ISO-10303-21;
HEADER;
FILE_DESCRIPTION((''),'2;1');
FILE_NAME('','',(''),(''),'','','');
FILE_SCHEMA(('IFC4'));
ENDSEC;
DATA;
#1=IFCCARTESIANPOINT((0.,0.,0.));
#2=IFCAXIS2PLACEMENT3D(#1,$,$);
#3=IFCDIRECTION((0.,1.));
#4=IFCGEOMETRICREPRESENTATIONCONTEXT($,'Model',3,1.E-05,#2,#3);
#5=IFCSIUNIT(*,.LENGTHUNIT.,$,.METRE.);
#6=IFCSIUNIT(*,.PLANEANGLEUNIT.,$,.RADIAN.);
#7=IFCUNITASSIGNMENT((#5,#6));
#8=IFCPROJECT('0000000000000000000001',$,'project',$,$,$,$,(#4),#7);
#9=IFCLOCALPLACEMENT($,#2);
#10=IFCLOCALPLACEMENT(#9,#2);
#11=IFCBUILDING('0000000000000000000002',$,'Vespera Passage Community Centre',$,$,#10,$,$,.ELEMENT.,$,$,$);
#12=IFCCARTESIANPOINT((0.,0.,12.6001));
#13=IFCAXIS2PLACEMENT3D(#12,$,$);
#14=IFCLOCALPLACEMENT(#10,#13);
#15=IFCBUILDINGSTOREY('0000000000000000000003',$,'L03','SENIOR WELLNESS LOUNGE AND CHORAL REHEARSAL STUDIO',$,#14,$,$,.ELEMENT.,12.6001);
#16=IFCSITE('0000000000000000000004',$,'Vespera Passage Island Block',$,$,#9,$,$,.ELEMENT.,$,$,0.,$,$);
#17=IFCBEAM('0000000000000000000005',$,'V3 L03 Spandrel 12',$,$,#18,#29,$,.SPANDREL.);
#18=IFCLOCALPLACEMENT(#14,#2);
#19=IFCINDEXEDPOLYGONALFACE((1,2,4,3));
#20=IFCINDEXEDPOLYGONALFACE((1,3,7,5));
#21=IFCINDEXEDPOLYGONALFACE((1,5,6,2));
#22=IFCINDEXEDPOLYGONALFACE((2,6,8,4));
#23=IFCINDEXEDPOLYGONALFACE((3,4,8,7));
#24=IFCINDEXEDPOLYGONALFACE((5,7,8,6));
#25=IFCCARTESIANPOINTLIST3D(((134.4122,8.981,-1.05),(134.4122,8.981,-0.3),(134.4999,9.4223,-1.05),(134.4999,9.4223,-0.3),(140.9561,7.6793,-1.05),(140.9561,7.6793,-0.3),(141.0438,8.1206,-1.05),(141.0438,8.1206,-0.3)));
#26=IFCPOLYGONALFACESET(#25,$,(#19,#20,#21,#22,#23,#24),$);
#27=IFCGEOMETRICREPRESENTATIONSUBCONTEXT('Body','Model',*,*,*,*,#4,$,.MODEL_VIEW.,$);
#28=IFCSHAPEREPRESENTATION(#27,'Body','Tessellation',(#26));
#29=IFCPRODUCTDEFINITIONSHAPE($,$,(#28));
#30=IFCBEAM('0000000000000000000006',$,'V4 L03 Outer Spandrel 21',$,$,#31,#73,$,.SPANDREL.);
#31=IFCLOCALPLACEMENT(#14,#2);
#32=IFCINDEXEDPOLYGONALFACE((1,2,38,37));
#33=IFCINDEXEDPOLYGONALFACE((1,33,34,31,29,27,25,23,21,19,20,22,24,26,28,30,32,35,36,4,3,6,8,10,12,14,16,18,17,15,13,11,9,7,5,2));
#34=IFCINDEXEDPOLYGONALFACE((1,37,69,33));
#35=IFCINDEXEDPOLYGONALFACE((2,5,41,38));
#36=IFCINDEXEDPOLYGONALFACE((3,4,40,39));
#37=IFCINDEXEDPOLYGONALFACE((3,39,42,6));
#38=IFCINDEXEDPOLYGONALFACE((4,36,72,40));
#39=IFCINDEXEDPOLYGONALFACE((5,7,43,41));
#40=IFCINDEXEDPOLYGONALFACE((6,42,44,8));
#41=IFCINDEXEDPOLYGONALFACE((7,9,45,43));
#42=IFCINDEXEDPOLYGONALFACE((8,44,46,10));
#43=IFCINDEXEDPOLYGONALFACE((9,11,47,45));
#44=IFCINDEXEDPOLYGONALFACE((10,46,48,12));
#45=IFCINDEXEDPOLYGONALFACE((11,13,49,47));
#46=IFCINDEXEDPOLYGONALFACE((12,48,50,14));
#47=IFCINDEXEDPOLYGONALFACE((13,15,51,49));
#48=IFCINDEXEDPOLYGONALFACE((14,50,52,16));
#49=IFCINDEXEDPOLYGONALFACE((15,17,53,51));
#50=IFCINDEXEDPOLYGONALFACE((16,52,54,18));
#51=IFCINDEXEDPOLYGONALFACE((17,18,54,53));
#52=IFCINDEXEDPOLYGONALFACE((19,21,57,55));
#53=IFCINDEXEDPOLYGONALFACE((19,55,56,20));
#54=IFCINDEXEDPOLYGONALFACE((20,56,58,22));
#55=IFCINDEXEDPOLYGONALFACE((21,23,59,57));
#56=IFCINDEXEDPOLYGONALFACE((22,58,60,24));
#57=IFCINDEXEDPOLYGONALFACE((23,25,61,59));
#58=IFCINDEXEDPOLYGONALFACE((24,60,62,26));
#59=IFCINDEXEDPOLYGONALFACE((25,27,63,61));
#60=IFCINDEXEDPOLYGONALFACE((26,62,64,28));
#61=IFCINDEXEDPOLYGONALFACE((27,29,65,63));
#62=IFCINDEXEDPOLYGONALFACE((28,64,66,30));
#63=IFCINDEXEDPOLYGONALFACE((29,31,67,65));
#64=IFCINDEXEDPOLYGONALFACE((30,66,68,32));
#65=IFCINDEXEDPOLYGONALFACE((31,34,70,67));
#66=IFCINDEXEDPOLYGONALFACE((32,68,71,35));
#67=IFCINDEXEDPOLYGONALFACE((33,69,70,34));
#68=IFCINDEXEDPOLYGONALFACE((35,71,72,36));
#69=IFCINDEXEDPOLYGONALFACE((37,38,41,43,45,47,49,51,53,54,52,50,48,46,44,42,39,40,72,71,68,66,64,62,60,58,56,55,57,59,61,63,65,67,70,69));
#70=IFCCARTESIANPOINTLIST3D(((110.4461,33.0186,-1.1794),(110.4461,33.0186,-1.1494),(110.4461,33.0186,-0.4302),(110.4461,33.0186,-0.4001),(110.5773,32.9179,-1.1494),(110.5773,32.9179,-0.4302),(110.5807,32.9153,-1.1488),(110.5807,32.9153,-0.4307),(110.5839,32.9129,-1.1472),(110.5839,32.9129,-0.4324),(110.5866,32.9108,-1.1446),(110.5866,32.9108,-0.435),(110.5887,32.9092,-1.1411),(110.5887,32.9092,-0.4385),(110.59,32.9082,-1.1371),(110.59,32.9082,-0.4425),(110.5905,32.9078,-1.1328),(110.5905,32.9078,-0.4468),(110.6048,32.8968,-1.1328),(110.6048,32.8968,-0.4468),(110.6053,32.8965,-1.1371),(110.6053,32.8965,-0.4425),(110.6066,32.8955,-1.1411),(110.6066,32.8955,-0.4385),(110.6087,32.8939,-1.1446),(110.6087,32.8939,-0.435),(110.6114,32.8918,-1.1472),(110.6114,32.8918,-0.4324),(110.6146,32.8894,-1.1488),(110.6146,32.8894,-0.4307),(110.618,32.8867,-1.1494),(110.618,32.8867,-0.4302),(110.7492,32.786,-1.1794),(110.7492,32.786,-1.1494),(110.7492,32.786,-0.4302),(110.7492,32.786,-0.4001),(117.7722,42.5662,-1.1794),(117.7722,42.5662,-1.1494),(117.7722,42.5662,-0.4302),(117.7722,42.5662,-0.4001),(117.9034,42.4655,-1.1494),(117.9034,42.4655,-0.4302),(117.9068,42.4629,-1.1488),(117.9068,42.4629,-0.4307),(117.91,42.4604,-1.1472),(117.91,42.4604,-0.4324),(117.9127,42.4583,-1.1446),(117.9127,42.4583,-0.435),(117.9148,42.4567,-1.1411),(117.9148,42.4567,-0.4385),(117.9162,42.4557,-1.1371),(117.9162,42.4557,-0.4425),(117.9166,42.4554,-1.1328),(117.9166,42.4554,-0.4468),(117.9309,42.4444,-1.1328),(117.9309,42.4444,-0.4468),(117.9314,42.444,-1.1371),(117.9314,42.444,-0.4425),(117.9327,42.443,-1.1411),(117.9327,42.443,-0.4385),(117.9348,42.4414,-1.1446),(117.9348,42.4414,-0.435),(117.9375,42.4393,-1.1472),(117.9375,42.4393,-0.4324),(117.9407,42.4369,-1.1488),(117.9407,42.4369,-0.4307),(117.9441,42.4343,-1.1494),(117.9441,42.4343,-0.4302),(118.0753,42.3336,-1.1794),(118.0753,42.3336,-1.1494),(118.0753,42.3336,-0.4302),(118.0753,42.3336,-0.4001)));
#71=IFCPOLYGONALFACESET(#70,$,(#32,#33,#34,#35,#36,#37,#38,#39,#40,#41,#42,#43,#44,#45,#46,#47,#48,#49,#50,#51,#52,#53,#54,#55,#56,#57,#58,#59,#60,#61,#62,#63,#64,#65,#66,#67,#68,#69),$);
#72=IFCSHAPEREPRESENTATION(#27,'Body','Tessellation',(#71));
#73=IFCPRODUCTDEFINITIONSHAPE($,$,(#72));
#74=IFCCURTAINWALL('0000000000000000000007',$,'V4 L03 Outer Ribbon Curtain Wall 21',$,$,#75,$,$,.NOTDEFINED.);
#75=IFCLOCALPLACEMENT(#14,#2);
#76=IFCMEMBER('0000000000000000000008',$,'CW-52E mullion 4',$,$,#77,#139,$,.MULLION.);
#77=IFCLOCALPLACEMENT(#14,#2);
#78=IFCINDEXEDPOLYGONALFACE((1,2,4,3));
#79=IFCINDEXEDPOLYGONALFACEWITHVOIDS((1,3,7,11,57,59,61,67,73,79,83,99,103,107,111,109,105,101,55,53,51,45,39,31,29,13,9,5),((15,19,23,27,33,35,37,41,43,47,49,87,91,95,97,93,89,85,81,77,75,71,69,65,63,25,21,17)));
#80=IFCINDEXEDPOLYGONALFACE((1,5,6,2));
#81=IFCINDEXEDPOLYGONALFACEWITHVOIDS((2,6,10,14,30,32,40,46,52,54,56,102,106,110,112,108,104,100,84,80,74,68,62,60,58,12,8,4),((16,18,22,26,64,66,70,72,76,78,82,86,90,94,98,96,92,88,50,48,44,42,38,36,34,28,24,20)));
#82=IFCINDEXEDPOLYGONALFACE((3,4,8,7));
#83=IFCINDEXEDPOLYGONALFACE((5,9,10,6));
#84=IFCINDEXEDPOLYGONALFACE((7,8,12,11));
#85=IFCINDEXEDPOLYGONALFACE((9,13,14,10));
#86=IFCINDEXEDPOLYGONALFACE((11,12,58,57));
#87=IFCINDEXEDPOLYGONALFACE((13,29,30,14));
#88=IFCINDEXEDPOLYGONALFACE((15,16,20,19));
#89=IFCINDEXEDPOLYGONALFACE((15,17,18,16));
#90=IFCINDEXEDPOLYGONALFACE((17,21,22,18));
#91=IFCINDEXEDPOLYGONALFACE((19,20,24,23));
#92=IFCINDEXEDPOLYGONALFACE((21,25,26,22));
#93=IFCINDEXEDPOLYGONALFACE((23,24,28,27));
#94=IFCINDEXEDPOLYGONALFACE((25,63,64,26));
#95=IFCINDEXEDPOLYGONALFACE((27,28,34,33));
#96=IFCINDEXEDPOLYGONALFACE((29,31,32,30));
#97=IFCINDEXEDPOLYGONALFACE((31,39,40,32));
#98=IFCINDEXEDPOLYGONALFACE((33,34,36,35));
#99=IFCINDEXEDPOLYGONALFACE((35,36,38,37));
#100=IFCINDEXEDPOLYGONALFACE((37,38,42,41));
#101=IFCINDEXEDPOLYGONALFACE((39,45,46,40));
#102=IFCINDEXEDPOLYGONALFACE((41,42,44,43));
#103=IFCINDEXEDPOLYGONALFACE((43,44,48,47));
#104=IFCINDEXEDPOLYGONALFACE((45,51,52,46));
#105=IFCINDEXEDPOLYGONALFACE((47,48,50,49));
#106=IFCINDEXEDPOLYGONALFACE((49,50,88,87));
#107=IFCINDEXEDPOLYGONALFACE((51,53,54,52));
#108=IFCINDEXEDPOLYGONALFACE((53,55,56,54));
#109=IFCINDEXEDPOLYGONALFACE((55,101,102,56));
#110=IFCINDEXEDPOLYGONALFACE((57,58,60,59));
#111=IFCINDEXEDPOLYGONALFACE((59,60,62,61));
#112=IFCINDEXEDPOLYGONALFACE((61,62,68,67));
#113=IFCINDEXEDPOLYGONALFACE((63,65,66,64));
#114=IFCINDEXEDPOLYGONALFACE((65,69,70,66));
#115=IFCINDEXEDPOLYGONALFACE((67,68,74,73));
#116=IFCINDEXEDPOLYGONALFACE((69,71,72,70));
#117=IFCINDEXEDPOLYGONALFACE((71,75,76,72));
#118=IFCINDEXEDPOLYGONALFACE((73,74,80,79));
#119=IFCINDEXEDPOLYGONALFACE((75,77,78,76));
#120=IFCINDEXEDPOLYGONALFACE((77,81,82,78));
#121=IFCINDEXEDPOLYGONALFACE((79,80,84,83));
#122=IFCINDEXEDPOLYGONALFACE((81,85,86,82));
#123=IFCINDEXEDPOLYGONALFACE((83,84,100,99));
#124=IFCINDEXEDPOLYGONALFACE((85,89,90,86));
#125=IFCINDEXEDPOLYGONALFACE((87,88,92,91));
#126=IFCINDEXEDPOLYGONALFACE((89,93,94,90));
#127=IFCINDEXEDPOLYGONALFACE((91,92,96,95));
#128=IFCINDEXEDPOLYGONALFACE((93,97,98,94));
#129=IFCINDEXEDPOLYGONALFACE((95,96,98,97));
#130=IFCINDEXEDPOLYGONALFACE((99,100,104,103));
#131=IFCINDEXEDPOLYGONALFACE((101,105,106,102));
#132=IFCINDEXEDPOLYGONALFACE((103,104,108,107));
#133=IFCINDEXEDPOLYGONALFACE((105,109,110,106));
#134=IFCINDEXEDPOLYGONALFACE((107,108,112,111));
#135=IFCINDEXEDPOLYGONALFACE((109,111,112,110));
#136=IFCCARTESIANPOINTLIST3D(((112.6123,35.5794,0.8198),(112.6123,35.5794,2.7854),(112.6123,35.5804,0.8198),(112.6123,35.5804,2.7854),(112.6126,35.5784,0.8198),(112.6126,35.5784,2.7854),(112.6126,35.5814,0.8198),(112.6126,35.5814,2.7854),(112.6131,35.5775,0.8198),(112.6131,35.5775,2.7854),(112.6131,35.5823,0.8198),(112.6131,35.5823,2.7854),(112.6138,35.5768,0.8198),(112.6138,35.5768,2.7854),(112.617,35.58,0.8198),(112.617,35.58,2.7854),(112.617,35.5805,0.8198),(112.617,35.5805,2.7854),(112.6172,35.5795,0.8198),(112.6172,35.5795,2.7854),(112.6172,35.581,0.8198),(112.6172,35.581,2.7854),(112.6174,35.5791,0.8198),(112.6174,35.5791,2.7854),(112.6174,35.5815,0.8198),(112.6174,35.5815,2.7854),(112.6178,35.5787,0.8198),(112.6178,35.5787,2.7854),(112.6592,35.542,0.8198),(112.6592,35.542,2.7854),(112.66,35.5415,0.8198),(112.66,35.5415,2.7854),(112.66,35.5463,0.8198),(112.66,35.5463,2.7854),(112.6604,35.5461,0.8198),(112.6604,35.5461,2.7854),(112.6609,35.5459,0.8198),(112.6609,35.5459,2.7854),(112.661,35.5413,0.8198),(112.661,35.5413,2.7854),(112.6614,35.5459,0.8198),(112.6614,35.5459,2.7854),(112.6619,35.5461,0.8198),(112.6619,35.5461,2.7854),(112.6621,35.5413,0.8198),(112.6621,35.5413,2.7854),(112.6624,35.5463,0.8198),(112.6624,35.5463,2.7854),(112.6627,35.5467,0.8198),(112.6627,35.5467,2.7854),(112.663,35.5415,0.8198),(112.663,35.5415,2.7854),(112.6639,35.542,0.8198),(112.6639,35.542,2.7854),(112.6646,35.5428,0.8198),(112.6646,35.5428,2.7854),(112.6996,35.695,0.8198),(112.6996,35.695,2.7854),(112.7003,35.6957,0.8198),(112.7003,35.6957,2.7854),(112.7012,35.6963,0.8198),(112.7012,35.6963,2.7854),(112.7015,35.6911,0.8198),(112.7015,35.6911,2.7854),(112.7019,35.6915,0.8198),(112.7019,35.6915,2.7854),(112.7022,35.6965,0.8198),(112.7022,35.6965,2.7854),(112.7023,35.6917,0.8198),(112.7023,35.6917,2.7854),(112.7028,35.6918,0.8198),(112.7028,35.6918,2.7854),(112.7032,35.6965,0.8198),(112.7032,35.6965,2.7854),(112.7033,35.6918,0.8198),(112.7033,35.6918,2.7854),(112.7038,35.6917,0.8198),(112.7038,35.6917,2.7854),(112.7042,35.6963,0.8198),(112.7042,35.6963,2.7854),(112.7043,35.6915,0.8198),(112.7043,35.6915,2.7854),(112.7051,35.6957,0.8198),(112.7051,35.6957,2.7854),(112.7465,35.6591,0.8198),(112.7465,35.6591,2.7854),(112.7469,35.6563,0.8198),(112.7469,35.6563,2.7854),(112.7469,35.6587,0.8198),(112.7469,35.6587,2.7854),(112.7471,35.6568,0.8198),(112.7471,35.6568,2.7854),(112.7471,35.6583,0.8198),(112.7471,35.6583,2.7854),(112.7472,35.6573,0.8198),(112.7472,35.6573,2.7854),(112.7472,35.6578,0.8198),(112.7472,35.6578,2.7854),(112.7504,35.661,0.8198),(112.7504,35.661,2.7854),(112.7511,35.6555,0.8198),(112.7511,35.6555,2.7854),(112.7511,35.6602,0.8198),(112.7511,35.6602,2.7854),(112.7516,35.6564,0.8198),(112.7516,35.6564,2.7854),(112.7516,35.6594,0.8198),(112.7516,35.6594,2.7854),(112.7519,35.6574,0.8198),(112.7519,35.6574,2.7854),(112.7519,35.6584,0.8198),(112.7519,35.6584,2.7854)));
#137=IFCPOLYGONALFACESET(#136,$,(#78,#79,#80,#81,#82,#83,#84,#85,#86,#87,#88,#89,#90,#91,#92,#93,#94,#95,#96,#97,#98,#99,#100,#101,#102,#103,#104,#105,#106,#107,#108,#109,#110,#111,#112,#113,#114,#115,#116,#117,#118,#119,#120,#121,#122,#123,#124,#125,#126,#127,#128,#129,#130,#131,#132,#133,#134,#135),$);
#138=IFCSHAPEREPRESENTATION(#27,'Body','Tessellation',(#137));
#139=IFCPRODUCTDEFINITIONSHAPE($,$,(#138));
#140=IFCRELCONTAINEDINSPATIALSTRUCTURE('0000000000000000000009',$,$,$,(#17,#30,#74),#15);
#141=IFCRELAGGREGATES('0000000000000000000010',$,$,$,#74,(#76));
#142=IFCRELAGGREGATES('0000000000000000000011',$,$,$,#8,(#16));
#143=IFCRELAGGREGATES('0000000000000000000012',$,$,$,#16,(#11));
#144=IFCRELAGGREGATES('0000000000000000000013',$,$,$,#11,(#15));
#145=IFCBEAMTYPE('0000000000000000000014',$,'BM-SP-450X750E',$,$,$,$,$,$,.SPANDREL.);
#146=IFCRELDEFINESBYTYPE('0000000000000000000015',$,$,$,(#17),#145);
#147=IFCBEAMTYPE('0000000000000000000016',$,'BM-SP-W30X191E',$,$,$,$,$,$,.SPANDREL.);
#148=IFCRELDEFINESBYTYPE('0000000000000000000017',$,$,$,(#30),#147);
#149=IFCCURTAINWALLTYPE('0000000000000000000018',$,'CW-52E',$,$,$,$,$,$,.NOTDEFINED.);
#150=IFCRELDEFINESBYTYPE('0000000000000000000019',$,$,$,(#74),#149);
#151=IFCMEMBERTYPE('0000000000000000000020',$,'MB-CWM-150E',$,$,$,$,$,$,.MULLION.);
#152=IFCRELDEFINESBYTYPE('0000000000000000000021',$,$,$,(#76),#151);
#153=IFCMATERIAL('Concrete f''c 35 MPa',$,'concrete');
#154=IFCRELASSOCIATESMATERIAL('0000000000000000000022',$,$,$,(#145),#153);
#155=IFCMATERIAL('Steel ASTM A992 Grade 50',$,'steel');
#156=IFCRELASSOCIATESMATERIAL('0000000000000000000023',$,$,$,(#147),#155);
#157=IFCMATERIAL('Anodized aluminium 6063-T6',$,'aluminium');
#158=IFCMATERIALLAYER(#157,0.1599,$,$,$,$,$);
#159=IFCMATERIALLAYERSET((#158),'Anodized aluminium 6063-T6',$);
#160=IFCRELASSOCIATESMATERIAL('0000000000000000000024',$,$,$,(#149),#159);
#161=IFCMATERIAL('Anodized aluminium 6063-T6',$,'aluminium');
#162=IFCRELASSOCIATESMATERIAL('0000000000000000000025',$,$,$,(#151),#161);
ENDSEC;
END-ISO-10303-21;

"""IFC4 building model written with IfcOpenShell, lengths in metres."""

from ifc_helpers import new_model, si_unit, direction, frame, origin, origin_2d, place, context, subcontext, project, spatial, rectangle, hollow_rectangle, i_section, extrude, material, layer, layer_set, material_profile, profile_set, type_object, element, aggregate, save


model = new_model("IFC4")

# Units and contexts
model_context = context("Model", 3, precision=1e-05, world=origin(), true_north=direction((0.0, 1.0)))
body_context = subcontext(model_context, "Body", "Model", "MODEL_VIEW")
ifc_project = project(units=[si_unit("LENGTHUNIT", "METRE"), si_unit("PLANEANGLEUNIT", "RADIAN")], contexts=[model_context])

# Site, building, storey
site_placement = place(None, origin())
site = spatial("IfcSite", under=ifc_project, at=site_placement, Name="Vespera Passage Island Block", CompositionType="ELEMENT", RefElevation=0.0)
building_placement = place(site_placement, origin())
building = spatial("IfcBuilding", under=site, at=building_placement, Name="Vespera Passage Community Centre", CompositionType="ELEMENT")
storey_placement = place(building_placement, frame((0.0, 0.0, 12.6001)))
storey = spatial("IfcBuildingStorey", under=building, at=storey_placement, Name="L03", Description="SENIOR WELLNESS LOUNGE AND CHORAL REHEARSAL STUDIO", CompositionType="ELEMENT", Elevation=12.6001)

# Beams
ifc_material_1 = material(Name="Concrete f'c 35 MPa", Category="concrete")
ifc_material_profile_1 = material_profile(ifc_material_1, rectangle(XDim=0.45, YDim=0.75, at=origin_2d()), Name="RC450X750")
ifc_profile_set_1 = profile_set([ifc_material_profile_1], Name="Concrete f'c 35 MPa")
beam_type_1 = type_object("IfcBeamType", Name="BM-SP-450X750E", PredefinedType="SPANDREL", material=ifc_profile_set_1)
for number, where, z_axis, x_axis, name in (
    (1, (134.4561, 9.2017, -0.675), (0.980783, -0.195103, 0.0), (0.195103, 0.980783, 0.0), "V3 L03 Spandrel 12"),
):
    element("IfcBeam", number, at=place(storey_placement, frame(where, z_axis=z_axis, x_axis=x_axis)), inside=storey, type_object=beam_type_1, Name=name, PredefinedType="SPANDREL", context=body_context, shape_type="SweptSolid", body=[
        extrude(rectangle(XDim=0.45, YDim=0.75, at=origin_2d()), origin(), (0.0, 0.0, 1.0), 6.6721),
    ])
ifc_material_2 = material(Name="Steel ASTM A992 Grade 50", Category="steel")
ifc_material_profile_2 = material_profile(ifc_material_2, i_section(OverallWidth=0.3821, OverallDepth=0.7793, WebThickness=0.0181, FlangeThickness=0.03, FilletRadius=0.0166, at=origin_2d()), Name="W30X191")
ifc_profile_set_2 = profile_set([ifc_material_profile_2], Name="Steel ASTM A992 Grade 50")
beam_type_2 = type_object("IfcBeamType", Name="BM-SP-W30X191E", PredefinedType="SPANDREL", material=ifc_profile_set_2)
beam_1_placement = place(storey_placement, frame((110.5977, 32.9023, -0.7898), z_axis=(0.608763, 0.793352, 0.0), x_axis=(-0.793352, 0.608763, 0.0)))
element("IfcBeam", 2, at=beam_1_placement, inside=storey, type_object=beam_type_2, Name="V4 L03 Outer Spandrel 21", PredefinedType="SPANDREL", context=body_context, shape_type="SweptSolid", body=[
    extrude(i_section(OverallWidth=0.3821, OverallDepth=0.7793, WebThickness=0.0181, FlangeThickness=0.03, FilletRadius=0.0166, at=origin_2d()), origin(), (0.0, 0.0, 1.0), 12.0344),
])

# Curtain wall, member
ifc_material_3 = material(Name="Anodized aluminium 6063-T6", Category="aluminium")
ifc_layer_1 = layer(ifc_material_3, 0.1599)
ifc_layer_set_1 = layer_set([ifc_layer_1], Name="Anodized aluminium 6063-T6")
curtain_wall_type = type_object("IfcCurtainWallType", Name="CW-52E", PredefinedType="NOTDEFINED", material=ifc_layer_set_1)
curtain_wall_placement = place(storey_placement, origin())
curtain_wall = element("IfcCurtainWall", 3, at=curtain_wall_placement, inside=storey, type_object=curtain_wall_type, Name="V4 L03 Outer Ribbon Curtain Wall 21", PredefinedType="NOTDEFINED")
ifc_material_4 = material(Name="Anodized aluminium 6063-T6", Category="aluminium")
ifc_material_profile_3 = material_profile(ifc_material_4, hollow_rectangle(XDim=0.0649, YDim=0.1499, WallThickness=0.0039, InnerFilletRadius=0.002, OuterFilletRadius=0.0039, at=origin_2d()), Name="ALU150X65X4")
ifc_profile_set_3 = profile_set([ifc_material_profile_3], Name="Anodized aluminium 6063-T6")
member_type_1 = type_object("IfcMemberType", Name="MB-CWM-150E", PredefinedType="MULLION", material=ifc_profile_set_3)
member_1_placement = place(storey_placement, frame((112.6821, 35.6189, 0.8198), z_axis=(0.0, 0.0, 1.0), x_axis=(0.79335, -0.608765, 0.0)))
member_1 = element("IfcMember", 4, at=member_1_placement, type_object=member_type_1, Name="CW-52E mullion 4", PredefinedType="MULLION", context=body_context, shape_type="SweptSolid", body=[
    extrude(hollow_rectangle(XDim=0.0649, YDim=0.1499, WallThickness=0.0039, InnerFilletRadius=0.002, OuterFilletRadius=0.0039, at=origin_2d()), origin(), (0.0, 0.0, 1.0), 1.9656),
])
aggregate(curtain_wall, [member_1])

save(model, "model.ifc")
